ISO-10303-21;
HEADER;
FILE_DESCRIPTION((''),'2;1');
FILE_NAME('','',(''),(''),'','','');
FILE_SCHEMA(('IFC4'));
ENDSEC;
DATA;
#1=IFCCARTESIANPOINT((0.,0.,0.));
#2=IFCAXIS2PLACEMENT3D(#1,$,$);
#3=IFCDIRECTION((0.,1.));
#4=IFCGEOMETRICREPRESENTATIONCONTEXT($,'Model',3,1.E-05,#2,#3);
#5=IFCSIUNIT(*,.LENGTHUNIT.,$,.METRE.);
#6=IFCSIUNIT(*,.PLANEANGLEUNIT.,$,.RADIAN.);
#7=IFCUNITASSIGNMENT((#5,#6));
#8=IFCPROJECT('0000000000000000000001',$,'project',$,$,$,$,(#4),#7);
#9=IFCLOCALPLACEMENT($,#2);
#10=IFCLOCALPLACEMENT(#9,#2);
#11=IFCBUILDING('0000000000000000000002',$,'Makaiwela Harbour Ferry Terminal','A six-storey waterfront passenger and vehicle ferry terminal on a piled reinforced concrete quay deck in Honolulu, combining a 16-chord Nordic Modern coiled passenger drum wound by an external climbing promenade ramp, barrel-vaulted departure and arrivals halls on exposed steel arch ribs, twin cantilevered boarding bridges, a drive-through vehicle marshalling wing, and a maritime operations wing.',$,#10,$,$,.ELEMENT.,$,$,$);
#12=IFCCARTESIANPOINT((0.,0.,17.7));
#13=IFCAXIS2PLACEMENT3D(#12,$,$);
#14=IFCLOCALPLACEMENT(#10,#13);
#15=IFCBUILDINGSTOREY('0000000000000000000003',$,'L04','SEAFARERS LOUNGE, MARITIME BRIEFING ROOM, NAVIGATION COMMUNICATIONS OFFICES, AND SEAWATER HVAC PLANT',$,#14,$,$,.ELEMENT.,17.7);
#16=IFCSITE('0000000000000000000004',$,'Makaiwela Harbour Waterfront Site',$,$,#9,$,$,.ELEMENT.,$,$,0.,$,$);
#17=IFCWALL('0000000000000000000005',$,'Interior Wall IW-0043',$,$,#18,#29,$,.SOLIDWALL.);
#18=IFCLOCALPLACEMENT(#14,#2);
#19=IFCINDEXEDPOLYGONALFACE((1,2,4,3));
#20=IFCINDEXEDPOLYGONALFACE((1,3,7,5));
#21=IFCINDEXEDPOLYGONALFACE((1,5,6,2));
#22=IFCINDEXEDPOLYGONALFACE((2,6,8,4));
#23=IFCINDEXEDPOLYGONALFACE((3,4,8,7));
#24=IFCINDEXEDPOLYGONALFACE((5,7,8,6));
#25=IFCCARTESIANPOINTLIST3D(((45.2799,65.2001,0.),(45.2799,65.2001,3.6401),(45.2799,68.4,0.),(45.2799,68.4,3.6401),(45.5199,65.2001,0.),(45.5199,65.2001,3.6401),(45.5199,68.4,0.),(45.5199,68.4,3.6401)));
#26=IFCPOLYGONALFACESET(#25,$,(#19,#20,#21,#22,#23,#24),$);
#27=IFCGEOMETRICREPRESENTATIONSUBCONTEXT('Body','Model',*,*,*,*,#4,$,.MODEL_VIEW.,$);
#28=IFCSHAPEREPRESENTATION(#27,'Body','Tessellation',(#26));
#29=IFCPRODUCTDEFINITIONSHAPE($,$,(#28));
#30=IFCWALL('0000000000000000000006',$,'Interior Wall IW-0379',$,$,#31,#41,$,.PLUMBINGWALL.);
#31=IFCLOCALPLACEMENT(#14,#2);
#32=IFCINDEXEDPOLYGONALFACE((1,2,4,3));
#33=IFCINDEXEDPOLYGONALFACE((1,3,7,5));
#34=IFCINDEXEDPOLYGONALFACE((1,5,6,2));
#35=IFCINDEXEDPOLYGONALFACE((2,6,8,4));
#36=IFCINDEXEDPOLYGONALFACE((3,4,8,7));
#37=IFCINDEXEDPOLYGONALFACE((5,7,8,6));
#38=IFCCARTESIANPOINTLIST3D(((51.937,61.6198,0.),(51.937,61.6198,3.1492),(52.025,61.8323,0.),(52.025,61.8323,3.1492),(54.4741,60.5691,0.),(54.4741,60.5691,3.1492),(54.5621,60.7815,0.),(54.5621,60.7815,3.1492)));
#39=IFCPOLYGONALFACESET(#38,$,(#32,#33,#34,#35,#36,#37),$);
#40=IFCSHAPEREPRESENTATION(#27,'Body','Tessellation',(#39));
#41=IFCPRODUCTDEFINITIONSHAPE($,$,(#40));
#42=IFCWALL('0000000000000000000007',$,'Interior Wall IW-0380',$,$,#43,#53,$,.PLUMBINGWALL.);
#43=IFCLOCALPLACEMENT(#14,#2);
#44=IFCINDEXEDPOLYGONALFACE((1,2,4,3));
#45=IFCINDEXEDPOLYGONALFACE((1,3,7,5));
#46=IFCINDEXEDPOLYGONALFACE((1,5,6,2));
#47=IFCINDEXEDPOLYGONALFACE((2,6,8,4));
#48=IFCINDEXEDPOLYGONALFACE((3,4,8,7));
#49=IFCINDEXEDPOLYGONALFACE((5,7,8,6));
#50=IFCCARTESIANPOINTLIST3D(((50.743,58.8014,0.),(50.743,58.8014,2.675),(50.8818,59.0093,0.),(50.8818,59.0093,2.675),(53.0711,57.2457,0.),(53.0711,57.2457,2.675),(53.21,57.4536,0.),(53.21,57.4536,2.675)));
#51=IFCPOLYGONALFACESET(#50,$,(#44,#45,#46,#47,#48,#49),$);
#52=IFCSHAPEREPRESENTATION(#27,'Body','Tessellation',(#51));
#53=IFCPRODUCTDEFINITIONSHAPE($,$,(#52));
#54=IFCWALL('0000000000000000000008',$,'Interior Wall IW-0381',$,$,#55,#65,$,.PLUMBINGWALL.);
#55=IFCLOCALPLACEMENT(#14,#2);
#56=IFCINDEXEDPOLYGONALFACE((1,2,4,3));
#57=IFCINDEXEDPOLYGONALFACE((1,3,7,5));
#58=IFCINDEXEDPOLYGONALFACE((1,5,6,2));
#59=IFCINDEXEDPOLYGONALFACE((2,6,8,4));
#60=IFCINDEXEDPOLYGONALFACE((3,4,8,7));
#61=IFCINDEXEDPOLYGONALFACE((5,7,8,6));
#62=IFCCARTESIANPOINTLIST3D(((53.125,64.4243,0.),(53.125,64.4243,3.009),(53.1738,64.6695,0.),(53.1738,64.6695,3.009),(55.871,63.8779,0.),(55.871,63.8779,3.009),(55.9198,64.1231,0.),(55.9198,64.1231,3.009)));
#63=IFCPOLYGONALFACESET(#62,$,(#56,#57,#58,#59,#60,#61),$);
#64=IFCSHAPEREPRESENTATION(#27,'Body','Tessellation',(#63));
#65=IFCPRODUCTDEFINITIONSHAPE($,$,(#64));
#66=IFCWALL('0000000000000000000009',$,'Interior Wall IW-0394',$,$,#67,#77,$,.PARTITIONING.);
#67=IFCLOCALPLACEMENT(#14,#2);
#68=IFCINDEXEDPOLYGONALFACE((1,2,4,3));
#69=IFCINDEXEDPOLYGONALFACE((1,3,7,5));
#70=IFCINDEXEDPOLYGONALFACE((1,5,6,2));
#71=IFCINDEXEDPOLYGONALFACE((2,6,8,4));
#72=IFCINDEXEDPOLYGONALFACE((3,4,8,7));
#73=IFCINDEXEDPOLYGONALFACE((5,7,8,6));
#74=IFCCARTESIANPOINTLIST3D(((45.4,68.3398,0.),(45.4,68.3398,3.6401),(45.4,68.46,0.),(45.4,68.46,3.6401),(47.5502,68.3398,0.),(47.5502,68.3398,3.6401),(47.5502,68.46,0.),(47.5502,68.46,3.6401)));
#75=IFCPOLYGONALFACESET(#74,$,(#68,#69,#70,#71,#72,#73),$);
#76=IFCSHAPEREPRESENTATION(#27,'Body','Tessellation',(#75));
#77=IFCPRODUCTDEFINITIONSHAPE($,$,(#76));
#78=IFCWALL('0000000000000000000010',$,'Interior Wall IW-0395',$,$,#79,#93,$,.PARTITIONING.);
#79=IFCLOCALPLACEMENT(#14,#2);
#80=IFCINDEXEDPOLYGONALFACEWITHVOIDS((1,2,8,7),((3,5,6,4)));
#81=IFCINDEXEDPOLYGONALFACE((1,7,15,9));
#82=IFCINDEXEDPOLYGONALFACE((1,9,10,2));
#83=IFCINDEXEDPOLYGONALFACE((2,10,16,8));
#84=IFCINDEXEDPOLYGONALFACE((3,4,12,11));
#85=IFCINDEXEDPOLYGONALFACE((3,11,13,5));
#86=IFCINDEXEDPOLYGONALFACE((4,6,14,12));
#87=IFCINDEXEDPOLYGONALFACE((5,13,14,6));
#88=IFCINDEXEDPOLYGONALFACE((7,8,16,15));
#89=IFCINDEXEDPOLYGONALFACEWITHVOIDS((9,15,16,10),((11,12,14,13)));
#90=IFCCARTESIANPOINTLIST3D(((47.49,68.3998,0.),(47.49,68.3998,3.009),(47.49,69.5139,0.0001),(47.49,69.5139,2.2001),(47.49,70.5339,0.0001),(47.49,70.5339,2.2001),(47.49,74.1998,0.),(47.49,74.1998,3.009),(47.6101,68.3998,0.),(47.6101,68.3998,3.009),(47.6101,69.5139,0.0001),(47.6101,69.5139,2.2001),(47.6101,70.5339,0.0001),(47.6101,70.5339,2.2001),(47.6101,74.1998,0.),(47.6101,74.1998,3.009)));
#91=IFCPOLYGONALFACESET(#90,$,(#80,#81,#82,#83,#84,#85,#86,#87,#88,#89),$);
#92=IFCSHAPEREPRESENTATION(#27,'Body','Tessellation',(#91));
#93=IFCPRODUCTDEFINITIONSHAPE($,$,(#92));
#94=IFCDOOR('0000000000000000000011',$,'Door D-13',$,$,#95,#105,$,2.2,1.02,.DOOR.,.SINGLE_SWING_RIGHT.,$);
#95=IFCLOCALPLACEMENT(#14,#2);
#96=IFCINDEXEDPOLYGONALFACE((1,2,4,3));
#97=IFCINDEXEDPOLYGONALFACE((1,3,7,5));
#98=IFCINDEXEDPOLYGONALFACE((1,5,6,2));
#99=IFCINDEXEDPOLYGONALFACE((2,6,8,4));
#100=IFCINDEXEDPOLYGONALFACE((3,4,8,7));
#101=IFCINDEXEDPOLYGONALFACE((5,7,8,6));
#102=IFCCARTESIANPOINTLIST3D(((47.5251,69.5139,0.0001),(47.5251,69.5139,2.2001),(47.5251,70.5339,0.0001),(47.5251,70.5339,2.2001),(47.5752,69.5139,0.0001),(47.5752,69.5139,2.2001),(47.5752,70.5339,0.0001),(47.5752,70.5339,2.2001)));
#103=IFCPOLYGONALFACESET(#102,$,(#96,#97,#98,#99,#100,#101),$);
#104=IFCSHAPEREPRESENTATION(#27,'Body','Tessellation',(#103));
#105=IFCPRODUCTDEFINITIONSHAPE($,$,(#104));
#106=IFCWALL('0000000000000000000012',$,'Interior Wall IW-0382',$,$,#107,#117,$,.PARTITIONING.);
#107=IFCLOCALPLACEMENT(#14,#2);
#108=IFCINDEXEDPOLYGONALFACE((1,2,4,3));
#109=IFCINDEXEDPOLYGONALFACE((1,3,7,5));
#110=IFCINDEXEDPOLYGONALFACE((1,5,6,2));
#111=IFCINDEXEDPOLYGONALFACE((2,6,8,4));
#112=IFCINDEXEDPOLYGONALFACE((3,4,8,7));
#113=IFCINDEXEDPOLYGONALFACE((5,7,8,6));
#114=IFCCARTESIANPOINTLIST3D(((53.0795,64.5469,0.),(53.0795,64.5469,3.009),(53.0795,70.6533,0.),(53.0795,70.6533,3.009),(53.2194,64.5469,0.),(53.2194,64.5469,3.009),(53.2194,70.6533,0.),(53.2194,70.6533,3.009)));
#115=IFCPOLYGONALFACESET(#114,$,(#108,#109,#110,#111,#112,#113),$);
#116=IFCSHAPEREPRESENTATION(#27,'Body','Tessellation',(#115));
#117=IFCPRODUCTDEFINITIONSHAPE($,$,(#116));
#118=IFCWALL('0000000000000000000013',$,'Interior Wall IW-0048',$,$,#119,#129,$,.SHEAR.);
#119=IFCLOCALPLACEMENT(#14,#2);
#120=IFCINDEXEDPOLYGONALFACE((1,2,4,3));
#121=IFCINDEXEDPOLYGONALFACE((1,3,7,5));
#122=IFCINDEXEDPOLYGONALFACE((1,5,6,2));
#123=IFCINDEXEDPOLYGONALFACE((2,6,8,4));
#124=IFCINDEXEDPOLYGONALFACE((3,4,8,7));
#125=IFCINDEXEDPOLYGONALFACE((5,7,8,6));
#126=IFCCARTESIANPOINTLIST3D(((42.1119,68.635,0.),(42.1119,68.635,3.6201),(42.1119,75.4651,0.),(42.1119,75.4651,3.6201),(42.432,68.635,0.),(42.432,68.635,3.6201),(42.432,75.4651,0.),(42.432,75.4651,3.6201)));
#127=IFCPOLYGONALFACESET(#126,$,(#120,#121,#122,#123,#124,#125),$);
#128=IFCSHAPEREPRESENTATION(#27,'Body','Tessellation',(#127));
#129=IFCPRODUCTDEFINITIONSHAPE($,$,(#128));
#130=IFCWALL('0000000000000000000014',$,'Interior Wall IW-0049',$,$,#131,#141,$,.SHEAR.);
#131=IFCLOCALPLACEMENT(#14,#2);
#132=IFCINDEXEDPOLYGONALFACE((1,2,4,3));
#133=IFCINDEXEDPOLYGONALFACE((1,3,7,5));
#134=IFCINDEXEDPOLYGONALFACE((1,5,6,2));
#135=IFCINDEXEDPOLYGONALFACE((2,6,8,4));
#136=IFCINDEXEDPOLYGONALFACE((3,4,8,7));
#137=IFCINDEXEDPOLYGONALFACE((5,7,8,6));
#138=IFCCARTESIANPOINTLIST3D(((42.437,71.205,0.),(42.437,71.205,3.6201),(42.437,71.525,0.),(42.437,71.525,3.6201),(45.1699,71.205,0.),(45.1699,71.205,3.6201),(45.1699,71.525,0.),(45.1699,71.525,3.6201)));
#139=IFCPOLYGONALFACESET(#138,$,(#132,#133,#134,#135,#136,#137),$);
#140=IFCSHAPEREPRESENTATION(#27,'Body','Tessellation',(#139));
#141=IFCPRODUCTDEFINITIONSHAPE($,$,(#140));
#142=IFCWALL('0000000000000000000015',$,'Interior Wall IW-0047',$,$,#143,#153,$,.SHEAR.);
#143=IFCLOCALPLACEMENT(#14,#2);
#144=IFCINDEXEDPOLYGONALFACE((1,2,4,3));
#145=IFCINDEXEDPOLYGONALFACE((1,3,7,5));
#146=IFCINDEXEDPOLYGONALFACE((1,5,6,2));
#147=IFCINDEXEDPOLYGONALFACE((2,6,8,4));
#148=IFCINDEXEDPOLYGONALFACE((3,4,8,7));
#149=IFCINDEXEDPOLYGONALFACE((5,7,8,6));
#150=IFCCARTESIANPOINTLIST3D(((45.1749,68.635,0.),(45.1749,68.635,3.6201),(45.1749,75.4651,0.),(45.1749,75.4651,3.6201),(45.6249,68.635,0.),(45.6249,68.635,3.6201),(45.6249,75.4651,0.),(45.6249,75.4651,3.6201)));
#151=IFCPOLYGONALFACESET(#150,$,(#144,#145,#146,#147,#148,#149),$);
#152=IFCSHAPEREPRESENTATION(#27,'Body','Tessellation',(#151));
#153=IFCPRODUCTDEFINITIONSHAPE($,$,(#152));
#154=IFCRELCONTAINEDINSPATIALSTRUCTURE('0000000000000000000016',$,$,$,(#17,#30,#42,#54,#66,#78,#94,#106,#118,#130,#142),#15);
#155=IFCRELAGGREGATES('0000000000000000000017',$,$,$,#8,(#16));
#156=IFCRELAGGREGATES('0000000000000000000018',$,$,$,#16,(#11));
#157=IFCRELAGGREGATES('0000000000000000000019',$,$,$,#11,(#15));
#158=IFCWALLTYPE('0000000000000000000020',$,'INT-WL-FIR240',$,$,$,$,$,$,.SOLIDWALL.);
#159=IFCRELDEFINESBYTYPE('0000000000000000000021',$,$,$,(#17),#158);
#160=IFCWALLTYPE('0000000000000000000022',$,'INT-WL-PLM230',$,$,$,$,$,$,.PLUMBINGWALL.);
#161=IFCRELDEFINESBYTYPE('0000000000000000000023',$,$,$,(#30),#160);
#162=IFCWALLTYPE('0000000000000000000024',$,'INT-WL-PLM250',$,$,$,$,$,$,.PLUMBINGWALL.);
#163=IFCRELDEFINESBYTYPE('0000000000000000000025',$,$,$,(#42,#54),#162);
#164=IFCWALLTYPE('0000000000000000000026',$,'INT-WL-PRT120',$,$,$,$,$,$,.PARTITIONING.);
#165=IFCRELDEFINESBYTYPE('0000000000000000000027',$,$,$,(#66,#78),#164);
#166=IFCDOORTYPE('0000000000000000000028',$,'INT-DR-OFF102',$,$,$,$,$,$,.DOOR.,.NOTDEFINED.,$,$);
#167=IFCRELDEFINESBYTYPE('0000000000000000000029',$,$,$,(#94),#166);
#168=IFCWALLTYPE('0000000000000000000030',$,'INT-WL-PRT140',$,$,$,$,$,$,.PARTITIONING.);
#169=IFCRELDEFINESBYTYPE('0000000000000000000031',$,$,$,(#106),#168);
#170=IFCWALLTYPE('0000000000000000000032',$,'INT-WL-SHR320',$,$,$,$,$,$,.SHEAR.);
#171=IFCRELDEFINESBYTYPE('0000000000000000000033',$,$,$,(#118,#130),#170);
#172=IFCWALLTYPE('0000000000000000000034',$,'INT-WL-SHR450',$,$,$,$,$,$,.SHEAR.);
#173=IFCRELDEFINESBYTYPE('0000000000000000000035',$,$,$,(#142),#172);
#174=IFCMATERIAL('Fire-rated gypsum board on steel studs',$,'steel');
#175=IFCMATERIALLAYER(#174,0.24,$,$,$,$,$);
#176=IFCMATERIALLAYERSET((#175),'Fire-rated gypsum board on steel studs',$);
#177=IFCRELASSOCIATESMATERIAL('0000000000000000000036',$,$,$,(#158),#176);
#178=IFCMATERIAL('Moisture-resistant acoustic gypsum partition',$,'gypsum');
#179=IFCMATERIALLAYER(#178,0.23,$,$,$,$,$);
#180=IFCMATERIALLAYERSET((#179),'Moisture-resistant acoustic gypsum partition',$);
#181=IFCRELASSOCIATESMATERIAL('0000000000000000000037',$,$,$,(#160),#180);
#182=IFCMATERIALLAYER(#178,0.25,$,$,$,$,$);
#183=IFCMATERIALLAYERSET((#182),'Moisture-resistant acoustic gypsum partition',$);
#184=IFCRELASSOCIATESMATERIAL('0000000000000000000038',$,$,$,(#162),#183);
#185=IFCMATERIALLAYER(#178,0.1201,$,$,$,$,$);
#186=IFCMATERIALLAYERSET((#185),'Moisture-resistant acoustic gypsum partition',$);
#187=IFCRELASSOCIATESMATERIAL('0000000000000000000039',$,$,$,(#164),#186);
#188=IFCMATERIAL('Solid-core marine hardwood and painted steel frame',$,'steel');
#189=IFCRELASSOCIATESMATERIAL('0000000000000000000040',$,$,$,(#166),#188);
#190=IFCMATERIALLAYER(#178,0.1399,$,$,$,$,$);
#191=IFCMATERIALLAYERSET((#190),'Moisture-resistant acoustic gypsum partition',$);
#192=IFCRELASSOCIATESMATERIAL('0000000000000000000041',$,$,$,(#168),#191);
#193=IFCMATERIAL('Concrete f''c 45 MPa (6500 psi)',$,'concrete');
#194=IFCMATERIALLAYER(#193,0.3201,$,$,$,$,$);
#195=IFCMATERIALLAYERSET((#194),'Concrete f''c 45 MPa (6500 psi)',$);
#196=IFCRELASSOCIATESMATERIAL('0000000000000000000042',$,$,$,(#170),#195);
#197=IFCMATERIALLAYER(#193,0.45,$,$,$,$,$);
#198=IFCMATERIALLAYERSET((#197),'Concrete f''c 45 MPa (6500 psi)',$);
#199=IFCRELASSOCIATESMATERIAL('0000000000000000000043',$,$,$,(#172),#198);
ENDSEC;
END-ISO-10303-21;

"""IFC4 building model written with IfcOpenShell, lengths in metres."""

from ifc_helpers import new_model, si_unit, direction, frame, frame_2d, origin, place, context, subcontext, project, spatial, rectangle, extrude, material, layer, layer_set, type_object, element, fill, save


model = new_model("IFC4")

# Units and contexts
model_context = context("Model", 3, precision=1e-05, world=origin(), true_north=direction((0.0, 1.0)))
body_context = subcontext(model_context, "Body", "Model", "MODEL_VIEW")
ifc_project = project(units=[si_unit("LENGTHUNIT", "METRE"), si_unit("PLANEANGLEUNIT", "RADIAN")], contexts=[model_context])

# Site, building, storey
site_placement = place(None, origin())
site = spatial("IfcSite", under=ifc_project, at=site_placement, Name="Makaiwela Harbour Waterfront Site", CompositionType="ELEMENT", RefElevation=0.0)
building_placement = place(site_placement, origin())
building = spatial("IfcBuilding", under=site, at=building_placement, Name="Makaiwela Harbour Ferry Terminal", Description="A six-storey waterfront passenger and vehicle ferry terminal on a piled reinforced concrete quay deck in Honolulu, combining a 16-chord Nordic Modern coiled passenger drum wound by an external climbing promenade ramp, barrel-vaulted departure and arrivals halls on exposed steel arch ribs, twin cantilevered boarding bridges, a drive-through vehicle marshalling wing, and a maritime operations wing.", CompositionType="ELEMENT")
storey_placement = place(building_placement, frame((0.0, 0.0, 17.7)))
storey = spatial("IfcBuildingStorey", under=building, at=storey_placement, Name="L04", Description="SEAFARERS LOUNGE, MARITIME BRIEFING ROOM, NAVIGATION COMMUNICATIONS OFFICES, AND SEAWATER HVAC PLANT", CompositionType="ELEMENT", Elevation=17.7)

# Shared definitions
ifc_material_1 = material(Name="Fire-rated gypsum board on steel studs", Category="steel")
ifc_material_2 = material(Name="Solid-core marine hardwood and painted steel frame", Category="steel")

# Wall
ifc_layer_1 = layer(ifc_material_1, 0.24)
ifc_layer_set_1 = layer_set([ifc_layer_1], Name="Fire-rated gypsum board on steel studs")
wall_type_1 = type_object("IfcWallType", Name="INT-WL-FIR240", PredefinedType="SOLIDWALL", material=ifc_layer_set_1)
wall_1_placement = place(storey_placement, frame((45.3999, 65.2, 0.0), z_axis=(0.0, 0.0, 1.0), x_axis=(0.0, 1.0, 0.0)))
element("IfcWall", 1, at=wall_1_placement, inside=storey, type_object=wall_type_1, Name="Interior Wall IW-0043", PredefinedType="SOLIDWALL", context=body_context, shape_type="SweptSolid", body=[
    extrude(rectangle(XDim=3.2, YDim=0.24, at=frame_2d((1.6001, 0.0))), origin(), (0.0, 0.0, 1.0), 3.6401),
])

# Shared definitions
ifc_material_3 = material(Name="Moisture-resistant acoustic gypsum partition", Category="gypsum")
ifc_layer_2 = layer(ifc_material_3, 0.23)
ifc_layer_set_2 = layer_set([ifc_layer_2], Name="Moisture-resistant acoustic gypsum partition")
wall_type_2 = type_object("IfcWallType", Name="INT-WL-PLM230", PredefinedType="PLUMBINGWALL", material=ifc_layer_set_2)

# Walls
wall_2_placement = place(storey_placement, frame((51.981, 61.7261, 0.0), z_axis=(0.0, 0.0, 1.0), x_axis=(0.923895, -0.382645, 0.0)))
element("IfcWall", 2, at=wall_2_placement, inside=storey, type_object=wall_type_2, Name="Interior Wall IW-0379", PredefinedType="PLUMBINGWALL", context=body_context, shape_type="SweptSolid", body=[
    extrude(rectangle(XDim=2.7461, YDim=0.23, at=frame_2d((1.373, 0.0))), origin(), (0.0, 0.0, 1.0), 3.1492),
])
ifc_layer_3 = layer(ifc_material_3, 0.25)
ifc_layer_set_3 = layer_set([ifc_layer_3], Name="Moisture-resistant acoustic gypsum partition")
wall_type_3 = type_object("IfcWallType", Name="INT-WL-PLM250", PredefinedType="PLUMBINGWALL", material=ifc_layer_set_3)
wall_3_placement = place(storey_placement, frame((50.8125, 58.9053, 0.0), z_axis=(0.0, 0.0, 1.0), x_axis=(0.83146, -0.555585, 0.0)))
element("IfcWall", 3, at=wall_3_placement, inside=storey, type_object=wall_type_3, Name="Interior Wall IW-0380", PredefinedType="PLUMBINGWALL", context=body_context, shape_type="SweptSolid", body=[
    extrude(rectangle(XDim=2.8, YDim=0.25, at=frame_2d((1.3999, 0.0))), origin(), (0.0, 0.0, 1.0), 2.675),
])
wall_4_placement = place(storey_placement, frame((53.1494, 64.5469, 0.0), z_axis=(0.0, 0.0, 1.0), x_axis=(0.980775, -0.195143, 0.0)))
element("IfcWall", 4, at=wall_4_placement, inside=storey, type_object=wall_type_3, Name="Interior Wall IW-0381", PredefinedType="PLUMBINGWALL", context=body_context, shape_type="SweptSolid", body=[
    extrude(rectangle(XDim=2.7998, YDim=0.25, at=frame_2d((1.3999, 0.0))), origin(), (0.0, 0.0, 1.0), 3.009),
])
ifc_layer_4 = layer(ifc_material_3, 0.1201)
ifc_layer_set_4 = layer_set([ifc_layer_4], Name="Moisture-resistant acoustic gypsum partition")
wall_type_4 = type_object("IfcWallType", Name="INT-WL-PRT120", PredefinedType="PARTITIONING", material=ifc_layer_set_4)
wall_5_placement = place(storey_placement, frame((45.3999, 68.3999, 0.0), z_axis=(0.0, 0.0, 1.0), x_axis=(1.0, 0.0, 0.0)))
element("IfcWall", 5, at=wall_5_placement, inside=storey, type_object=wall_type_4, Name="Interior Wall IW-0394", PredefinedType="PARTITIONING", context=body_context, shape_type="SweptSolid", body=[
    extrude(rectangle(XDim=2.1501, YDim=0.1201, at=frame_2d((1.0752, 0.0))), origin(), (0.0, 0.0, 1.0), 3.6401),
])

# Wall, opening, door
wall_6_placement = place(storey_placement, frame((47.55, 68.3999, 0.0), z_axis=(0.0, 0.0, 1.0), x_axis=(0.0, 1.0, 0.0)))
wall_6 = element("IfcWall", 6, at=wall_6_placement, inside=storey, type_object=wall_type_4, Name="Interior Wall IW-0395", PredefinedType="PARTITIONING", context=body_context, shape_type="SweptSolid", body=[
    extrude(rectangle(XDim=5.8, YDim=0.1201, at=frame_2d((2.8999, 0.0))), origin(), (0.0, 0.0, 1.0), 3.009),
])
opening_1_placement = place(wall_6_placement, frame((1.114, 0.0, 0.0)))
opening_1 = element("IfcOpeningElement", 7, at=opening_1_placement, cuts=wall_6, PredefinedType="OPENING", context=body_context, shape_type="SweptSolid", body=[
    extrude(rectangle(XDim=1.02, YDim=2.2, at=frame_2d((0.51, 1.1001))), frame((0.0, 0.0701, 0.0), z_axis=(0.0, -1.0, 0.0), x_axis=(1.0, 0.0, 0.0)), (0.0, 0.0, 1.0), 0.1401),
])
door_type_1 = type_object("IfcDoorType", Name="INT-DR-OFF102", OperationType="NOTDEFINED", PredefinedType="DOOR", material=ifc_material_2)
door_1_placement = place(opening_1_placement, origin())
door_1 = element("IfcDoor", 8, at=door_1_placement, inside=storey, type_object=door_type_1, Name="Door D-13", OperationType="SINGLE_SWING_RIGHT", OverallHeight=2.2, OverallWidth=1.02, PredefinedType="DOOR", context=body_context, shape_type="SweptSolid", body=[
    extrude(rectangle(XDim=1.02, YDim=2.2, at=frame_2d((0.51, 1.1001))), frame((0.0, 0.0249, 0.0), z_axis=(0.0, -1.0, 0.0), x_axis=(1.0, 0.0, 0.0)), (0.0, 0.0, 1.0), 0.05),
])
fill(opening_1, door_1)

# Walls
ifc_layer_5 = layer(ifc_material_3, 0.1399)
ifc_layer_set_5 = layer_set([ifc_layer_5], Name="Moisture-resistant acoustic gypsum partition")
wall_type_5 = type_object("IfcWallType", Name="INT-WL-PRT140", PredefinedType="PARTITIONING", material=ifc_layer_set_5)
wall_7_placement = place(storey_placement, frame((53.1494, 64.5469, 0.0), z_axis=(0.0, 0.0, 1.0), x_axis=(0.0, 1.0, 0.0)))
element("IfcWall", 9, at=wall_7_placement, inside=storey, type_object=wall_type_5, Name="Interior Wall IW-0382", PredefinedType="PARTITIONING", context=body_context, shape_type="SweptSolid", body=[
    extrude(rectangle(XDim=6.1064, YDim=0.1399, at=frame_2d((3.0532, 0.0))), origin(), (0.0, 0.0, 1.0), 3.009),
])
ifc_material_4 = material(Name="Concrete f'c 45 MPa (6500 psi)", Category="concrete")
ifc_layer_6 = layer(ifc_material_4, 0.3201)
ifc_layer_set_6 = layer_set([ifc_layer_6], Name="Concrete f'c 45 MPa (6500 psi)")
wall_type_6 = type_object("IfcWallType", Name="INT-WL-SHR320", PredefinedType="SHEAR", material=ifc_layer_set_6)
wall_8_placement = place(storey_placement, frame((42.272, 68.635, 0.0), z_axis=(0.0, 0.0, 1.0), x_axis=(0.0, 1.0, 0.0)))
element("IfcWall", 10, at=wall_8_placement, inside=storey, type_object=wall_type_6, Name="Interior Wall IW-0048", PredefinedType="SHEAR", context=body_context, shape_type="SweptSolid", body=[
    extrude(rectangle(XDim=6.8301, YDim=0.3201, at=frame_2d((3.415, 0.0))), origin(), (0.0, 0.0, 1.0), 3.6201),
])
wall_9_placement = place(storey_placement, frame((42.437, 71.365, 0.0), z_axis=(0.0, 0.0, 1.0), x_axis=(1.0, 0.0, 0.0)))
element("IfcWall", 11, at=wall_9_placement, inside=storey, type_object=wall_type_6, Name="Interior Wall IW-0049", PredefinedType="SHEAR", context=body_context, shape_type="SweptSolid", body=[
    extrude(rectangle(XDim=2.7329, YDim=0.3201, at=frame_2d((1.3665, 0.0))), origin(), (0.0, 0.0, 1.0), 3.6201),
])
ifc_layer_7 = layer(ifc_material_4, 0.45)
ifc_layer_set_7 = layer_set([ifc_layer_7], Name="Concrete f'c 45 MPa (6500 psi)")
wall_type_7 = type_object("IfcWallType", Name="INT-WL-SHR450", PredefinedType="SHEAR", material=ifc_layer_set_7)
wall_10_placement = place(storey_placement, frame((45.3999, 68.635, 0.0), z_axis=(0.0, 0.0, 1.0), x_axis=(0.0, 1.0, 0.0)))
element("IfcWall", 12, at=wall_10_placement, inside=storey, type_object=wall_type_7, Name="Interior Wall IW-0047", PredefinedType="SHEAR", context=body_context, shape_type="SweptSolid", body=[
    extrude(rectangle(XDim=6.8301, YDim=0.45, at=frame_2d((3.415, 0.0))), origin(), (0.0, 0.0, 1.0), 3.6201),
])

save(model, "model.ifc")
